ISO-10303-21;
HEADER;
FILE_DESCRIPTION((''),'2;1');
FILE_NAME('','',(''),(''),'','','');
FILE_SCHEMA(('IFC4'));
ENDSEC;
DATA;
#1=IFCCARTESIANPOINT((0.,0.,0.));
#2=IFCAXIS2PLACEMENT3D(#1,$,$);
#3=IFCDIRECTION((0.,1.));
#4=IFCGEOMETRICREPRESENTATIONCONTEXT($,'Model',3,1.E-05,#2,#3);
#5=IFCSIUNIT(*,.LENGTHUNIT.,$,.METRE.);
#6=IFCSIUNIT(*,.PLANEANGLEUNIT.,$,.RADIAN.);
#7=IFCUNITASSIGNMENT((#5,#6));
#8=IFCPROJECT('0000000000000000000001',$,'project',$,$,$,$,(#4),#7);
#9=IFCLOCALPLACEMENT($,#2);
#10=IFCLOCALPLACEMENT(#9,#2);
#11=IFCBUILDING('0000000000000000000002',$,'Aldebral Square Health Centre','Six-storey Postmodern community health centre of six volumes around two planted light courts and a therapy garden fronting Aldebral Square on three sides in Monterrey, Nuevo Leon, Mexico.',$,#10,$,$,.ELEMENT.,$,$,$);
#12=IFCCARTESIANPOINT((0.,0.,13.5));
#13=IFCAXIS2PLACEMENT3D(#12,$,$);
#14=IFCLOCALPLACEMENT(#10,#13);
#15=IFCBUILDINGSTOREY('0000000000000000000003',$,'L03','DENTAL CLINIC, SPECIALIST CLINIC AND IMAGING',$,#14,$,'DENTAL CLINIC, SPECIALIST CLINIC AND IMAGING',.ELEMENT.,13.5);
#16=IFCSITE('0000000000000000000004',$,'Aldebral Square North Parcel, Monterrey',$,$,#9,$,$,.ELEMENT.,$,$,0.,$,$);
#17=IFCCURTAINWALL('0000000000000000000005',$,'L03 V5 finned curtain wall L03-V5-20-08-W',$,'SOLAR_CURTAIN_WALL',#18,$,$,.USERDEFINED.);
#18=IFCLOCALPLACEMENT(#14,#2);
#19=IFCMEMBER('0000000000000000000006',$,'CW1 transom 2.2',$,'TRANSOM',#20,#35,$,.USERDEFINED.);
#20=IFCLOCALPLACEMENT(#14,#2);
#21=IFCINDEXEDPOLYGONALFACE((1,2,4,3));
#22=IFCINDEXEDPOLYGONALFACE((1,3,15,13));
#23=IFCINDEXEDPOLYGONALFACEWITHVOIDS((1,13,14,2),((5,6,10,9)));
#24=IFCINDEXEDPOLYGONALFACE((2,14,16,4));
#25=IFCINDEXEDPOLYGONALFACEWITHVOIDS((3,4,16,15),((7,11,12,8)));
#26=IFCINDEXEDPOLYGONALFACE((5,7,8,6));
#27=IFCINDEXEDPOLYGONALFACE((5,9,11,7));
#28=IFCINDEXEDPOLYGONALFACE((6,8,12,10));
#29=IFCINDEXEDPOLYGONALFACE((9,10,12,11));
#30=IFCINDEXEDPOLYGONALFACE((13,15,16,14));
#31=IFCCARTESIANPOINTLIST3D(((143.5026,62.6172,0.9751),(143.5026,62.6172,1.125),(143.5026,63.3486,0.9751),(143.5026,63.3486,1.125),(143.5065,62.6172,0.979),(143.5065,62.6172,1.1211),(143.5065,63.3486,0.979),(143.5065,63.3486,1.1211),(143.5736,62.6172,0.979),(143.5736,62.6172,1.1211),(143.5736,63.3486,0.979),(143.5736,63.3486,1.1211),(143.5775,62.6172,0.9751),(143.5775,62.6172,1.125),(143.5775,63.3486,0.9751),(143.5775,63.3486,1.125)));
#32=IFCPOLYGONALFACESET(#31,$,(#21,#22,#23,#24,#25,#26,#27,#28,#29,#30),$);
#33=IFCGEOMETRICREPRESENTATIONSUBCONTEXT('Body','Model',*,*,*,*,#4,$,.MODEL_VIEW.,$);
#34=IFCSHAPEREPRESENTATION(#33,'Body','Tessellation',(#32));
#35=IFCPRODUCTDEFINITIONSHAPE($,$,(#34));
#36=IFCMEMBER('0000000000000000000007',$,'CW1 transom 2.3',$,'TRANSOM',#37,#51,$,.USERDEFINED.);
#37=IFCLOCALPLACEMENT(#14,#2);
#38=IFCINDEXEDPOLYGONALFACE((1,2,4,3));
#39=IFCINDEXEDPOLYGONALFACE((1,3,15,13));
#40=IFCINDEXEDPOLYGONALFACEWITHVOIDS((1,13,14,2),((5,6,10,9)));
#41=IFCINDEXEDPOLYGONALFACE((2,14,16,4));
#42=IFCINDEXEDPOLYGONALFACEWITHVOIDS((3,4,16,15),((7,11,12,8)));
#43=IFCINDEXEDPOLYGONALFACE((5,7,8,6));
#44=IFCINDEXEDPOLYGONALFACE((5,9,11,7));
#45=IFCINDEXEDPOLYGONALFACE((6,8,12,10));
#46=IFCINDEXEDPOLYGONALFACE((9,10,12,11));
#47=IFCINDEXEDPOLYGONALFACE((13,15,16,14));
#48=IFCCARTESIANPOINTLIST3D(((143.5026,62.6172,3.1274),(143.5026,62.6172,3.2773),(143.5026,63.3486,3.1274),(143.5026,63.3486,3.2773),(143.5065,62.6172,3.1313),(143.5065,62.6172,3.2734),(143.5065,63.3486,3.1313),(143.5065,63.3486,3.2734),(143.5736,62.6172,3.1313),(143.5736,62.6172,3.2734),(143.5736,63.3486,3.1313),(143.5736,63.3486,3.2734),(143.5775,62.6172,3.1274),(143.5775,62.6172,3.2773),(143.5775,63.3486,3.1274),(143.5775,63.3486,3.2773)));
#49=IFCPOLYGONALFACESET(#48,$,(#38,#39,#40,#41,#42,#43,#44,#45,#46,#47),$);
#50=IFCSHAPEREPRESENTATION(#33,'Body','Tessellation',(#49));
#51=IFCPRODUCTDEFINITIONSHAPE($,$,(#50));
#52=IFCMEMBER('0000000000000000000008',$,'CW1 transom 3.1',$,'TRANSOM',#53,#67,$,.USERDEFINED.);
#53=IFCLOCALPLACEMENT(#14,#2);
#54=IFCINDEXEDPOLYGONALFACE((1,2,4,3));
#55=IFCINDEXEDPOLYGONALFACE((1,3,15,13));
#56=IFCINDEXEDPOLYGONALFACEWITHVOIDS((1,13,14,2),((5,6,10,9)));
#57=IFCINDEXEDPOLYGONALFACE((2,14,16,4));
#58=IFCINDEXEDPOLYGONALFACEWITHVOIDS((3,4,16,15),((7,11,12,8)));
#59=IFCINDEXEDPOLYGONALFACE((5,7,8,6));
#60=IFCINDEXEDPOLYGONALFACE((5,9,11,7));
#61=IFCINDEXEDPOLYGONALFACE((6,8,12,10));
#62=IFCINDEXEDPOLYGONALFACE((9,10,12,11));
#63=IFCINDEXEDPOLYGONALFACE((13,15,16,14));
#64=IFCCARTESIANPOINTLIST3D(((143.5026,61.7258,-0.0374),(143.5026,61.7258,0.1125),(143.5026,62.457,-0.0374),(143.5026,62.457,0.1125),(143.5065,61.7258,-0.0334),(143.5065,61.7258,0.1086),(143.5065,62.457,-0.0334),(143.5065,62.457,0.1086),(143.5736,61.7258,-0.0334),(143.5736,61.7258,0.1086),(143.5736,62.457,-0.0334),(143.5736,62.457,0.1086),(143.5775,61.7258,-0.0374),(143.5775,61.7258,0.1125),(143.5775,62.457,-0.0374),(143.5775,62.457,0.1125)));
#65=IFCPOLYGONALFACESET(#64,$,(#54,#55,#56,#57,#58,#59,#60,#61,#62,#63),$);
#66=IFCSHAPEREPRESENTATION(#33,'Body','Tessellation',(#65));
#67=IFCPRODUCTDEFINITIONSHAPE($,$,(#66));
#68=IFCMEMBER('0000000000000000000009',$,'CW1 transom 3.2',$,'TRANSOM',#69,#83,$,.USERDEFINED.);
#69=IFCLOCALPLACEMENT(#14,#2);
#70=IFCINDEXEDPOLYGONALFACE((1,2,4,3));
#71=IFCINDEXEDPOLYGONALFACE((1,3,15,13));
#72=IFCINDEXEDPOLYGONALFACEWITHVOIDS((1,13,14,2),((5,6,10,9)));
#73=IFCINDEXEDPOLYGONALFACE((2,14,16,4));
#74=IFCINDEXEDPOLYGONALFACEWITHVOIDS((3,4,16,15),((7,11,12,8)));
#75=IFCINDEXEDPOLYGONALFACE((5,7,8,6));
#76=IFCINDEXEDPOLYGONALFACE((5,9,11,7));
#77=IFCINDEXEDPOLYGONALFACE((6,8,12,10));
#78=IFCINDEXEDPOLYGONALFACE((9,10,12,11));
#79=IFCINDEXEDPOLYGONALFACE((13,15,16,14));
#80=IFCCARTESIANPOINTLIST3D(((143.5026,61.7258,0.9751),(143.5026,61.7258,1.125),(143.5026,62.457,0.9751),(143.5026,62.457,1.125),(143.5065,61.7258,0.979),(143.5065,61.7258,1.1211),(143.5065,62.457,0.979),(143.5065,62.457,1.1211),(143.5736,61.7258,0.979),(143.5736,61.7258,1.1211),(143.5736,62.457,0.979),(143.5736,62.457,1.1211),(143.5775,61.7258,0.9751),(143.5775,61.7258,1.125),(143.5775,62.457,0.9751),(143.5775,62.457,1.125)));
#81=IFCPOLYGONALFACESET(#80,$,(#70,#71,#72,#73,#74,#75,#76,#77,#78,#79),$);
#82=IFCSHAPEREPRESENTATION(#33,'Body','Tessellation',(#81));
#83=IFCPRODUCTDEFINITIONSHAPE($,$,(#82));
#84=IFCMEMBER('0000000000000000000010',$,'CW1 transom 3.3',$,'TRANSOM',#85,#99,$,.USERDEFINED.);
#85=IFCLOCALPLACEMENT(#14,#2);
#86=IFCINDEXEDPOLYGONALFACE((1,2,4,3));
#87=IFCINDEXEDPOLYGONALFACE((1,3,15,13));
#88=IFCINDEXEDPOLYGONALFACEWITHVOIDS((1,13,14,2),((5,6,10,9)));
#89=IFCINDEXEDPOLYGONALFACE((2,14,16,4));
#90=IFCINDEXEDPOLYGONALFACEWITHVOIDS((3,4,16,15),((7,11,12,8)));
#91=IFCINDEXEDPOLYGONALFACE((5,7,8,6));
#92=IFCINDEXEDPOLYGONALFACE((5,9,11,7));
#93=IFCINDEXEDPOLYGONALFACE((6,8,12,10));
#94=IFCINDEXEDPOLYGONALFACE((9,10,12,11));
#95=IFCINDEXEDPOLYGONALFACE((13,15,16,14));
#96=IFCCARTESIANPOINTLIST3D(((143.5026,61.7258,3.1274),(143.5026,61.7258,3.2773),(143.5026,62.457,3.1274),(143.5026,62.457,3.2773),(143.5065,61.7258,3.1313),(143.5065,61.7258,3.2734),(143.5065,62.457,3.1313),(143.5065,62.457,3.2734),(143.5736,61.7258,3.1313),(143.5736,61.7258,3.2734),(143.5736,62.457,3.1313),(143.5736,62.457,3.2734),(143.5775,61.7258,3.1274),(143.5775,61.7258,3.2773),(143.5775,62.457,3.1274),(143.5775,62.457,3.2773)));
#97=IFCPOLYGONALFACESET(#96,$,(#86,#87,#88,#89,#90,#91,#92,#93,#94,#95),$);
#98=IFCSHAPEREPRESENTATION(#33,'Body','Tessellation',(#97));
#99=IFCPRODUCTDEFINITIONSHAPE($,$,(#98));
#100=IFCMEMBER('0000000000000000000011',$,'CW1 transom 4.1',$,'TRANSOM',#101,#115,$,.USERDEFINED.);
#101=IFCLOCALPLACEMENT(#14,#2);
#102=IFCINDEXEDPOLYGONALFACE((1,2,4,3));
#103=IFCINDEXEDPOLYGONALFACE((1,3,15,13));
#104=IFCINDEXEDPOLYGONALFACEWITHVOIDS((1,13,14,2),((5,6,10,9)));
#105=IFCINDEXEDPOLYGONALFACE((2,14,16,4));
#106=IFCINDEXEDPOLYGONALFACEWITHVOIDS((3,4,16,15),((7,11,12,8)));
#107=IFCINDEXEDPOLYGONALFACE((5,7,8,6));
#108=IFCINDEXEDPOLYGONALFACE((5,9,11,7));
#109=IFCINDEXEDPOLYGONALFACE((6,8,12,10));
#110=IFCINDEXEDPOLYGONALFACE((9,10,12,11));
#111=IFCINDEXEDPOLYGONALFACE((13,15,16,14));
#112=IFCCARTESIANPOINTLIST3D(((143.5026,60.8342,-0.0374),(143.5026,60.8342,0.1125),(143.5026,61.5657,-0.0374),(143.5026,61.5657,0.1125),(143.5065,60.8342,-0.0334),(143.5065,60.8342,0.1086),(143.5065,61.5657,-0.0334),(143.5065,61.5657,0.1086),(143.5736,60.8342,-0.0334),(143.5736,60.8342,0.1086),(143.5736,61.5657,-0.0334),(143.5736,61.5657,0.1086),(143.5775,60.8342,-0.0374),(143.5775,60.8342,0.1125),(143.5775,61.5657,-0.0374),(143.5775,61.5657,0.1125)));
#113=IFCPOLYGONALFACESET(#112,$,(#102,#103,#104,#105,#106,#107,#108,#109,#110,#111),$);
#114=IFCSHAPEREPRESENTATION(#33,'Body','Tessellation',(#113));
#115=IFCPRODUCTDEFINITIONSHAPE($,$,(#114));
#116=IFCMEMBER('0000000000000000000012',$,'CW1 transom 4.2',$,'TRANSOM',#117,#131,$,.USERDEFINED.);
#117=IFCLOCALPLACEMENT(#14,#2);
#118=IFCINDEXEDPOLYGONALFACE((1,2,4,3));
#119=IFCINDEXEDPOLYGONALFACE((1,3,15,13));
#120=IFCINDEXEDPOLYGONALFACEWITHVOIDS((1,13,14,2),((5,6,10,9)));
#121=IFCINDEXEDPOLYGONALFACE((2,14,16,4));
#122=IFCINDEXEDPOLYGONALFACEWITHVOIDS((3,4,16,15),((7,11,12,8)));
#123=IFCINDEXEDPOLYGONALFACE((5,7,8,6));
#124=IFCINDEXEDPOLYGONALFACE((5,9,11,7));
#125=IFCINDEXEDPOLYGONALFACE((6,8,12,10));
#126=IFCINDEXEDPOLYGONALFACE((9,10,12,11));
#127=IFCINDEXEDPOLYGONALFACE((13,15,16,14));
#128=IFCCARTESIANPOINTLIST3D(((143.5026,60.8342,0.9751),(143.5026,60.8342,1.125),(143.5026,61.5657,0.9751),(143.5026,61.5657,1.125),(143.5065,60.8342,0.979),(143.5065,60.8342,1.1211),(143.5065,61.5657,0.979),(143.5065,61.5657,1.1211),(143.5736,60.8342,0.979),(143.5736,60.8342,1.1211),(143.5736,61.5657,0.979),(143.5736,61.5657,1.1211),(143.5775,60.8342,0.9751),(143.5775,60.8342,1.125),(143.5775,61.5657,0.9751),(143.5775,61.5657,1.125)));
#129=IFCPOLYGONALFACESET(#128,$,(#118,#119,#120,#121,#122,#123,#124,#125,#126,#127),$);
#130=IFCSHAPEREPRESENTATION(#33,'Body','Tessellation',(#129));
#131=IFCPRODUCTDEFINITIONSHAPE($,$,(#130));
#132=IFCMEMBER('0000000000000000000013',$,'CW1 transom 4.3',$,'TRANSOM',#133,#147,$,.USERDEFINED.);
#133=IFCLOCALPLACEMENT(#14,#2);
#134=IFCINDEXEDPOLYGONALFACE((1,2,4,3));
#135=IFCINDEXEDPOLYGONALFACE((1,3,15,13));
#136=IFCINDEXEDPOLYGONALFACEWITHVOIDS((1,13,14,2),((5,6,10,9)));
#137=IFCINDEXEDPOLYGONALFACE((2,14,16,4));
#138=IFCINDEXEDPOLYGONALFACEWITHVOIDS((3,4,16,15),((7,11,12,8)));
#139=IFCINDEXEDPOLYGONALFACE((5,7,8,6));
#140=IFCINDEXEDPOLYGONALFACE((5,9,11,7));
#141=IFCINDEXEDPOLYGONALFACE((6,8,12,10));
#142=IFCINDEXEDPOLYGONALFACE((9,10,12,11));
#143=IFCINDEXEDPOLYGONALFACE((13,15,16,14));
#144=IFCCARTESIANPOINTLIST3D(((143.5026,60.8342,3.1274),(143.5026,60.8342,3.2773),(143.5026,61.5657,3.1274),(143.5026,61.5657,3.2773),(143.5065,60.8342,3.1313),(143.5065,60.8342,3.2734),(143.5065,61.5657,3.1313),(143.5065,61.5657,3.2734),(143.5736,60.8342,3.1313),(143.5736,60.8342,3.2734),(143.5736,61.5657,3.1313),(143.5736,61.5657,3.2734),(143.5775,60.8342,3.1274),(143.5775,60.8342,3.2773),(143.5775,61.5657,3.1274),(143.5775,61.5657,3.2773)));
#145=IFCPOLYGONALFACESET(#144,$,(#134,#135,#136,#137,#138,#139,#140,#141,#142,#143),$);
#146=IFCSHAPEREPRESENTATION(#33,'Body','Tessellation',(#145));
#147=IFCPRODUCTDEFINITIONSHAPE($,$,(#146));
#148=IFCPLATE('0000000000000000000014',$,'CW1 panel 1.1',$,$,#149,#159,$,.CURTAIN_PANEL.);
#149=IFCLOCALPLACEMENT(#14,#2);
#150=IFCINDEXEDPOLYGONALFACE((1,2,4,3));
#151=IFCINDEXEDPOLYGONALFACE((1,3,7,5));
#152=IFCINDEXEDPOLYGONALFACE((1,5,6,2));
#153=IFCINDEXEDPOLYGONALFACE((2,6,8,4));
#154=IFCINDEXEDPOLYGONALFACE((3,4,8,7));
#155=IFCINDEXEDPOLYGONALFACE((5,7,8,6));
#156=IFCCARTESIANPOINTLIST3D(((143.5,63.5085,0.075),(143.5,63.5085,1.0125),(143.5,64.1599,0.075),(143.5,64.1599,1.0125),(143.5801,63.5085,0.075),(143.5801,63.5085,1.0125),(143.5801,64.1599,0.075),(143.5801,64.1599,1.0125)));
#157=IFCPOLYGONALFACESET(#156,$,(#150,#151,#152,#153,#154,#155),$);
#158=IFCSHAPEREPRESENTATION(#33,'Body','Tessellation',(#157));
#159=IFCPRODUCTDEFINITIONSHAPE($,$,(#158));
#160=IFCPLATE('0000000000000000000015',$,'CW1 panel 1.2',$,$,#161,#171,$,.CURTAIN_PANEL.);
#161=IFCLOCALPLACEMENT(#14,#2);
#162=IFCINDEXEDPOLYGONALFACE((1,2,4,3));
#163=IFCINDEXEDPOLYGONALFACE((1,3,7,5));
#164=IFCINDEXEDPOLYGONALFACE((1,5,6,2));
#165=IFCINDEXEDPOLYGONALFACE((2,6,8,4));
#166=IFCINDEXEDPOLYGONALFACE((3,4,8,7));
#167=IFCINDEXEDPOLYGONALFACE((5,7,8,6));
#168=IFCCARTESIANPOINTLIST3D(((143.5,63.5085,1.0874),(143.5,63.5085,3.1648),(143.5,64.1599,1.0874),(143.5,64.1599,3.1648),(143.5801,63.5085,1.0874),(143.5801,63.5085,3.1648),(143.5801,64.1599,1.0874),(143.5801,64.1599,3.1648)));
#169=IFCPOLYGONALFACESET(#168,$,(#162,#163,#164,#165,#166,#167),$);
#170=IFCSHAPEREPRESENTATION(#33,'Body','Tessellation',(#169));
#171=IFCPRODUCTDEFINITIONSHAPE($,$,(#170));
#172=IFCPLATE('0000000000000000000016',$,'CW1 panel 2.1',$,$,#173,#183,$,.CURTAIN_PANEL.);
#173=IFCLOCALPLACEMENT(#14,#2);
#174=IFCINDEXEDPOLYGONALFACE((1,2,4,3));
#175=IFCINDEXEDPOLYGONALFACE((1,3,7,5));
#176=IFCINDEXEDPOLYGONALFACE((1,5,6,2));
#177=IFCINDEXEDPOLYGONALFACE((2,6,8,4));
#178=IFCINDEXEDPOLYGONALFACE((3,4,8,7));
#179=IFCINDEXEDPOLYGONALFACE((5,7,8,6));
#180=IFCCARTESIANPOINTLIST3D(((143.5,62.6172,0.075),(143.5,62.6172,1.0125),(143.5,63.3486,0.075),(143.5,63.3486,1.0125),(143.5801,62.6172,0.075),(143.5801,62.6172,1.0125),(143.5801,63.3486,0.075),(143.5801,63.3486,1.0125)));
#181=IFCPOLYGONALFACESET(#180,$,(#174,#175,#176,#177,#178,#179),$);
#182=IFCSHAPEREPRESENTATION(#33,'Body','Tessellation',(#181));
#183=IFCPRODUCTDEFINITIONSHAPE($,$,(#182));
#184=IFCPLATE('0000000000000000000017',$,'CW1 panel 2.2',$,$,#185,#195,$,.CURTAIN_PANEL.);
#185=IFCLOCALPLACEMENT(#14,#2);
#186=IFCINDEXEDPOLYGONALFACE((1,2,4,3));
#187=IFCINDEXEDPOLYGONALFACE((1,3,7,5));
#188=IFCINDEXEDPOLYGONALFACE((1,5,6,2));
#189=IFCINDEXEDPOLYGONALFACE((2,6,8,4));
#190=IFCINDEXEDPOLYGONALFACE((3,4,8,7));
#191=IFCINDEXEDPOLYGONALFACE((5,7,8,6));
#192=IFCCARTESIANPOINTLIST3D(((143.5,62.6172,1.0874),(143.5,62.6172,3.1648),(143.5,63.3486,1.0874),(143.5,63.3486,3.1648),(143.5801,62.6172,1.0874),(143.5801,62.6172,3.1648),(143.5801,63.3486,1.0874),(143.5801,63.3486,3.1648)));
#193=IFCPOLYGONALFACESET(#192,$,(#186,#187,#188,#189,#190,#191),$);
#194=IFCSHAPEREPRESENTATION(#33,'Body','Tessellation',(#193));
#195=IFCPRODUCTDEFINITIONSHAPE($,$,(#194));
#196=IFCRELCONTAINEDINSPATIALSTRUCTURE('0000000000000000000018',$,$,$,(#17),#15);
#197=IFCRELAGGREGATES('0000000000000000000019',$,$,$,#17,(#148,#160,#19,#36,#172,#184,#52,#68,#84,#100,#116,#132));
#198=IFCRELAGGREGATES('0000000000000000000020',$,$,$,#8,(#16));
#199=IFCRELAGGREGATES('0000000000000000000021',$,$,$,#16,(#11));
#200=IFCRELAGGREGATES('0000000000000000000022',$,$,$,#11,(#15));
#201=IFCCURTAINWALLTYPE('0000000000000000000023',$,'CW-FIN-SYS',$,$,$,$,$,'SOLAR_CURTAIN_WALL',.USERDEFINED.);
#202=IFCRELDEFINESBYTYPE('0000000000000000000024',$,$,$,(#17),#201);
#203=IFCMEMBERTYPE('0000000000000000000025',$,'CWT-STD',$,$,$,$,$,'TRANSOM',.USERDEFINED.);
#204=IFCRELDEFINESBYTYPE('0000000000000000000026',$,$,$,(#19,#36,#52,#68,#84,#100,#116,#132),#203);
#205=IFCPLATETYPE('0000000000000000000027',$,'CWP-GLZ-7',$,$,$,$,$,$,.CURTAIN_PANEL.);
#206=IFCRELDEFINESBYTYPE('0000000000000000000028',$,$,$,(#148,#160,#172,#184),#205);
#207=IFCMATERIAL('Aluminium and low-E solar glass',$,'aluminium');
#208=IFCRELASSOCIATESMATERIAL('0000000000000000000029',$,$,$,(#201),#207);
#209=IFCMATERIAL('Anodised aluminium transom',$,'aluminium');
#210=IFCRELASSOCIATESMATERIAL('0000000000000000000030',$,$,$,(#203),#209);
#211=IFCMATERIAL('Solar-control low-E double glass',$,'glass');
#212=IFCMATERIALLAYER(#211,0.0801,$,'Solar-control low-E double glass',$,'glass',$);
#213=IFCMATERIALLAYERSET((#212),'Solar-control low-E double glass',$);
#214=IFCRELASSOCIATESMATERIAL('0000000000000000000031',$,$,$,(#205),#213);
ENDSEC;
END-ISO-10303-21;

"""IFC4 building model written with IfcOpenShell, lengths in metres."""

from ifc_helpers import new_model, si_unit, direction, frame, origin, origin_2d, place, context, subcontext, project, spatial, rectangle, hollow_rectangle, extrude, material, layer, layer_set, material_profile, profile_set, type_object, element, aggregate, save


model = new_model("IFC4")

# Units and contexts
model_context = context("Model", 3, precision=1e-05, world=origin(), true_north=direction((0.0, 1.0)))
body_context = subcontext(model_context, "Body", "Model", "MODEL_VIEW")
ifc_project = project(units=[si_unit("LENGTHUNIT", "METRE"), si_unit("PLANEANGLEUNIT", "RADIAN")], contexts=[model_context])

# Site, building, storey
site_placement = place(None, origin())
site = spatial("IfcSite", under=ifc_project, at=site_placement, Name="Aldebral Square North Parcel, Monterrey", CompositionType="ELEMENT", RefElevation=0.0)
building_placement = place(site_placement, origin())
building = spatial("IfcBuilding", under=site, at=building_placement, Name="Aldebral Square Health Centre", Description="Six-storey Postmodern community health centre of six volumes around two planted light courts and a therapy garden fronting Aldebral Square on three sides in Monterrey, Nuevo Leon, Mexico.", CompositionType="ELEMENT")
storey_placement = place(building_placement, frame((0.0, 0.0, 13.5)))
storey = spatial("IfcBuildingStorey", under=building, at=storey_placement, Name="L03", Description="DENTAL CLINIC, SPECIALIST CLINIC AND IMAGING", LongName="DENTAL CLINIC, SPECIALIST CLINIC AND IMAGING", CompositionType="ELEMENT", Elevation=13.5)

# Shared definitions
ifc_material_1 = material(Name="Aluminium and low-E solar glass", Category="aluminium")
curtain_wall_type = type_object("IfcCurtainWallType", Name="CW-FIN-SYS", ElementType="SOLAR_CURTAIN_WALL", PredefinedType="USERDEFINED", material=ifc_material_1)

# Curtain wall, members, plates
curtain_wall_1_placement = place(storey_placement, origin())
curtain_wall_1 = element("IfcCurtainWall", 1, at=curtain_wall_1_placement, inside=storey, type_object=curtain_wall_type, Name="L03 V5 finned curtain wall L03-V5-20-08-W", ObjectType="SOLAR_CURTAIN_WALL", PredefinedType="USERDEFINED")
ifc_material_2 = material(Name="Anodised aluminium transom", Category="aluminium")
ifc_material_profile_1 = material_profile(ifc_material_2, hollow_rectangle(XDim=0.075, YDim=0.1499, WallThickness=0.0039, at=origin_2d()), Name="CWT 75x150x4")
ifc_profile_set_1 = profile_set([ifc_material_profile_1], Name="Anodised aluminium transom")
member_type_1 = type_object("IfcMemberType", Name="CWT-STD", ElementType="TRANSOM", PredefinedType="USERDEFINED", material=ifc_profile_set_1)
member_1_placement = place(storey_placement, frame((143.54, 63.3486, 1.05), z_axis=(0.0, -1.0, 0.0), x_axis=(1.0, 0.0, 0.0)))
member_1 = element("IfcMember", 2, at=member_1_placement, type_object=member_type_1, Name="CW1 transom 2.2", ObjectType="TRANSOM", PredefinedType="USERDEFINED", context=body_context, shape_type="SweptSolid", body=[
    extrude(hollow_rectangle(XDim=0.075, YDim=0.1499, WallThickness=0.0039, at=origin_2d()), origin(), (0.0, 0.0, 1.0), 0.7314),
])
member_2_placement = place(storey_placement, frame((143.54, 63.3486, 3.2024), z_axis=(0.0, -1.0, 0.0), x_axis=(1.0, 0.0, 0.0)))
member_2 = element("IfcMember", 3, at=member_2_placement, type_object=member_type_1, Name="CW1 transom 2.3", ObjectType="TRANSOM", PredefinedType="USERDEFINED", context=body_context, shape_type="SweptSolid", body=[
    extrude(hollow_rectangle(XDim=0.075, YDim=0.1499, WallThickness=0.0039, at=origin_2d()), origin(), (0.0, 0.0, 1.0), 0.7314),
])
member_3_placement = place(storey_placement, frame((143.54, 62.457, 0.0376), z_axis=(0.0, -1.0, 0.0), x_axis=(1.0, 0.0, 0.0)))
member_3 = element("IfcMember", 4, at=member_3_placement, type_object=member_type_1, Name="CW1 transom 3.1", ObjectType="TRANSOM", PredefinedType="USERDEFINED", context=body_context, shape_type="SweptSolid", body=[
    extrude(hollow_rectangle(XDim=0.075, YDim=0.1499, WallThickness=0.0039, at=origin_2d()), origin(), (0.0, 0.0, 1.0), 0.7312),
])
member_4_placement = place(storey_placement, frame((143.54, 62.457, 1.05), z_axis=(0.0, -1.0, 0.0), x_axis=(1.0, 0.0, 0.0)))
member_4 = element("IfcMember", 5, at=member_4_placement, type_object=member_type_1, Name="CW1 transom 3.2", ObjectType="TRANSOM", PredefinedType="USERDEFINED", context=body_context, shape_type="SweptSolid", body=[
    extrude(hollow_rectangle(XDim=0.075, YDim=0.1499, WallThickness=0.0039, at=origin_2d()), origin(), (0.0, 0.0, 1.0), 0.7312),
])
member_5_placement = place(storey_placement, frame((143.54, 62.457, 3.2024), z_axis=(0.0, -1.0, 0.0), x_axis=(1.0, 0.0, 0.0)))
member_5 = element("IfcMember", 6, at=member_5_placement, type_object=member_type_1, Name="CW1 transom 3.3", ObjectType="TRANSOM", PredefinedType="USERDEFINED", context=body_context, shape_type="SweptSolid", body=[
    extrude(hollow_rectangle(XDim=0.075, YDim=0.1499, WallThickness=0.0039, at=origin_2d()), origin(), (0.0, 0.0, 1.0), 0.7312),
])
member_6_placement = place(storey_placement, frame((143.54, 61.5657, 0.0376), z_axis=(0.0, -1.0, 0.0), x_axis=(1.0, 0.0, 0.0)))
member_6 = element("IfcMember", 7, at=member_6_placement, type_object=member_type_1, Name="CW1 transom 4.1", ObjectType="TRANSOM", PredefinedType="USERDEFINED", context=body_context, shape_type="SweptSolid", body=[
    extrude(hollow_rectangle(XDim=0.075, YDim=0.1499, WallThickness=0.0039, at=origin_2d()), origin(), (0.0, 0.0, 1.0), 0.7314),
])
member_7_placement = place(storey_placement, frame((143.54, 61.5657, 1.05), z_axis=(0.0, -1.0, 0.0), x_axis=(1.0, 0.0, 0.0)))
member_7 = element("IfcMember", 8, at=member_7_placement, type_object=member_type_1, Name="CW1 transom 4.2", ObjectType="TRANSOM", PredefinedType="USERDEFINED", context=body_context, shape_type="SweptSolid", body=[
    extrude(hollow_rectangle(XDim=0.075, YDim=0.1499, WallThickness=0.0039, at=origin_2d()), origin(), (0.0, 0.0, 1.0), 0.7314),
])
member_8_placement = place(storey_placement, frame((143.54, 61.5657, 3.2024), z_axis=(0.0, -1.0, 0.0), x_axis=(1.0, 0.0, 0.0)))
member_8 = element("IfcMember", 9, at=member_8_placement, type_object=member_type_1, Name="CW1 transom 4.3", ObjectType="TRANSOM", PredefinedType="USERDEFINED", context=body_context, shape_type="SweptSolid", body=[
    extrude(hollow_rectangle(XDim=0.075, YDim=0.1499, WallThickness=0.0039, at=origin_2d()), origin(), (0.0, 0.0, 1.0), 0.7314),
])
ifc_material_3 = material(Name="Solar-control low-E double glass", Category="glass")
ifc_layer_1 = layer(ifc_material_3, 0.0801, Name="Solar-control low-E double glass", Category="glass")
ifc_layer_set_1 = layer_set([ifc_layer_1], Name="Solar-control low-E double glass")
plate_type = type_object("IfcPlateType", Name="CWP-GLZ-7", PredefinedType="CURTAIN_PANEL", material=ifc_layer_set_1)
plate_1_placement = place(storey_placement, frame((143.54, 63.8342, 0.075), z_axis=(0.0, 0.0, 1.0), x_axis=(0.0, -1.0, 0.0)))
plate_1 = element("IfcPlate", 10, at=plate_1_placement, type_object=plate_type, Name="CW1 panel 1.1", PredefinedType="CURTAIN_PANEL", context=body_context, shape_type="SweptSolid", body=[
    extrude(rectangle(XDim=0.6514, YDim=0.0801, at=origin_2d()), origin(), (0.0, 0.0, 1.0), 0.9375),
])
plate_2_placement = place(storey_placement, frame((143.54, 63.8342, 1.0874), z_axis=(0.0, 0.0, 1.0), x_axis=(0.0, -1.0, 0.0)))
plate_2 = element("IfcPlate", 11, at=plate_2_placement, type_object=plate_type, Name="CW1 panel 1.2", PredefinedType="CURTAIN_PANEL", context=body_context, shape_type="SweptSolid", body=[
    extrude(rectangle(XDim=0.6514, YDim=0.0801, at=origin_2d()), origin(), (0.0, 0.0, 1.0), 2.0774),
])
plate_3_placement = place(storey_placement, frame((143.54, 62.9829, 0.075), z_axis=(0.0, 0.0, 1.0), x_axis=(0.0, -1.0, 0.0)))
plate_3 = element("IfcPlate", 12, at=plate_3_placement, type_object=plate_type, Name="CW1 panel 2.1", PredefinedType="CURTAIN_PANEL", context=body_context, shape_type="SweptSolid", body=[
    extrude(rectangle(XDim=0.7314, YDim=0.0801, at=origin_2d()), origin(), (0.0, 0.0, 1.0), 0.9375),
])
plate_4_placement = place(storey_placement, frame((143.54, 62.9829, 1.0874), z_axis=(0.0, 0.0, 1.0), x_axis=(0.0, -1.0, 0.0)))
plate_4 = element("IfcPlate", 13, at=plate_4_placement, type_object=plate_type, Name="CW1 panel 2.2", PredefinedType="CURTAIN_PANEL", context=body_context, shape_type="SweptSolid", body=[
    extrude(rectangle(XDim=0.7314, YDim=0.0801, at=origin_2d()), origin(), (0.0, 0.0, 1.0), 2.0774),
])
aggregate(curtain_wall_1, [plate_1, plate_2, member_1, member_2, plate_3, plate_4, member_3, member_4, member_5, member_6, member_7, member_8])

save(model, "model.ifc")
